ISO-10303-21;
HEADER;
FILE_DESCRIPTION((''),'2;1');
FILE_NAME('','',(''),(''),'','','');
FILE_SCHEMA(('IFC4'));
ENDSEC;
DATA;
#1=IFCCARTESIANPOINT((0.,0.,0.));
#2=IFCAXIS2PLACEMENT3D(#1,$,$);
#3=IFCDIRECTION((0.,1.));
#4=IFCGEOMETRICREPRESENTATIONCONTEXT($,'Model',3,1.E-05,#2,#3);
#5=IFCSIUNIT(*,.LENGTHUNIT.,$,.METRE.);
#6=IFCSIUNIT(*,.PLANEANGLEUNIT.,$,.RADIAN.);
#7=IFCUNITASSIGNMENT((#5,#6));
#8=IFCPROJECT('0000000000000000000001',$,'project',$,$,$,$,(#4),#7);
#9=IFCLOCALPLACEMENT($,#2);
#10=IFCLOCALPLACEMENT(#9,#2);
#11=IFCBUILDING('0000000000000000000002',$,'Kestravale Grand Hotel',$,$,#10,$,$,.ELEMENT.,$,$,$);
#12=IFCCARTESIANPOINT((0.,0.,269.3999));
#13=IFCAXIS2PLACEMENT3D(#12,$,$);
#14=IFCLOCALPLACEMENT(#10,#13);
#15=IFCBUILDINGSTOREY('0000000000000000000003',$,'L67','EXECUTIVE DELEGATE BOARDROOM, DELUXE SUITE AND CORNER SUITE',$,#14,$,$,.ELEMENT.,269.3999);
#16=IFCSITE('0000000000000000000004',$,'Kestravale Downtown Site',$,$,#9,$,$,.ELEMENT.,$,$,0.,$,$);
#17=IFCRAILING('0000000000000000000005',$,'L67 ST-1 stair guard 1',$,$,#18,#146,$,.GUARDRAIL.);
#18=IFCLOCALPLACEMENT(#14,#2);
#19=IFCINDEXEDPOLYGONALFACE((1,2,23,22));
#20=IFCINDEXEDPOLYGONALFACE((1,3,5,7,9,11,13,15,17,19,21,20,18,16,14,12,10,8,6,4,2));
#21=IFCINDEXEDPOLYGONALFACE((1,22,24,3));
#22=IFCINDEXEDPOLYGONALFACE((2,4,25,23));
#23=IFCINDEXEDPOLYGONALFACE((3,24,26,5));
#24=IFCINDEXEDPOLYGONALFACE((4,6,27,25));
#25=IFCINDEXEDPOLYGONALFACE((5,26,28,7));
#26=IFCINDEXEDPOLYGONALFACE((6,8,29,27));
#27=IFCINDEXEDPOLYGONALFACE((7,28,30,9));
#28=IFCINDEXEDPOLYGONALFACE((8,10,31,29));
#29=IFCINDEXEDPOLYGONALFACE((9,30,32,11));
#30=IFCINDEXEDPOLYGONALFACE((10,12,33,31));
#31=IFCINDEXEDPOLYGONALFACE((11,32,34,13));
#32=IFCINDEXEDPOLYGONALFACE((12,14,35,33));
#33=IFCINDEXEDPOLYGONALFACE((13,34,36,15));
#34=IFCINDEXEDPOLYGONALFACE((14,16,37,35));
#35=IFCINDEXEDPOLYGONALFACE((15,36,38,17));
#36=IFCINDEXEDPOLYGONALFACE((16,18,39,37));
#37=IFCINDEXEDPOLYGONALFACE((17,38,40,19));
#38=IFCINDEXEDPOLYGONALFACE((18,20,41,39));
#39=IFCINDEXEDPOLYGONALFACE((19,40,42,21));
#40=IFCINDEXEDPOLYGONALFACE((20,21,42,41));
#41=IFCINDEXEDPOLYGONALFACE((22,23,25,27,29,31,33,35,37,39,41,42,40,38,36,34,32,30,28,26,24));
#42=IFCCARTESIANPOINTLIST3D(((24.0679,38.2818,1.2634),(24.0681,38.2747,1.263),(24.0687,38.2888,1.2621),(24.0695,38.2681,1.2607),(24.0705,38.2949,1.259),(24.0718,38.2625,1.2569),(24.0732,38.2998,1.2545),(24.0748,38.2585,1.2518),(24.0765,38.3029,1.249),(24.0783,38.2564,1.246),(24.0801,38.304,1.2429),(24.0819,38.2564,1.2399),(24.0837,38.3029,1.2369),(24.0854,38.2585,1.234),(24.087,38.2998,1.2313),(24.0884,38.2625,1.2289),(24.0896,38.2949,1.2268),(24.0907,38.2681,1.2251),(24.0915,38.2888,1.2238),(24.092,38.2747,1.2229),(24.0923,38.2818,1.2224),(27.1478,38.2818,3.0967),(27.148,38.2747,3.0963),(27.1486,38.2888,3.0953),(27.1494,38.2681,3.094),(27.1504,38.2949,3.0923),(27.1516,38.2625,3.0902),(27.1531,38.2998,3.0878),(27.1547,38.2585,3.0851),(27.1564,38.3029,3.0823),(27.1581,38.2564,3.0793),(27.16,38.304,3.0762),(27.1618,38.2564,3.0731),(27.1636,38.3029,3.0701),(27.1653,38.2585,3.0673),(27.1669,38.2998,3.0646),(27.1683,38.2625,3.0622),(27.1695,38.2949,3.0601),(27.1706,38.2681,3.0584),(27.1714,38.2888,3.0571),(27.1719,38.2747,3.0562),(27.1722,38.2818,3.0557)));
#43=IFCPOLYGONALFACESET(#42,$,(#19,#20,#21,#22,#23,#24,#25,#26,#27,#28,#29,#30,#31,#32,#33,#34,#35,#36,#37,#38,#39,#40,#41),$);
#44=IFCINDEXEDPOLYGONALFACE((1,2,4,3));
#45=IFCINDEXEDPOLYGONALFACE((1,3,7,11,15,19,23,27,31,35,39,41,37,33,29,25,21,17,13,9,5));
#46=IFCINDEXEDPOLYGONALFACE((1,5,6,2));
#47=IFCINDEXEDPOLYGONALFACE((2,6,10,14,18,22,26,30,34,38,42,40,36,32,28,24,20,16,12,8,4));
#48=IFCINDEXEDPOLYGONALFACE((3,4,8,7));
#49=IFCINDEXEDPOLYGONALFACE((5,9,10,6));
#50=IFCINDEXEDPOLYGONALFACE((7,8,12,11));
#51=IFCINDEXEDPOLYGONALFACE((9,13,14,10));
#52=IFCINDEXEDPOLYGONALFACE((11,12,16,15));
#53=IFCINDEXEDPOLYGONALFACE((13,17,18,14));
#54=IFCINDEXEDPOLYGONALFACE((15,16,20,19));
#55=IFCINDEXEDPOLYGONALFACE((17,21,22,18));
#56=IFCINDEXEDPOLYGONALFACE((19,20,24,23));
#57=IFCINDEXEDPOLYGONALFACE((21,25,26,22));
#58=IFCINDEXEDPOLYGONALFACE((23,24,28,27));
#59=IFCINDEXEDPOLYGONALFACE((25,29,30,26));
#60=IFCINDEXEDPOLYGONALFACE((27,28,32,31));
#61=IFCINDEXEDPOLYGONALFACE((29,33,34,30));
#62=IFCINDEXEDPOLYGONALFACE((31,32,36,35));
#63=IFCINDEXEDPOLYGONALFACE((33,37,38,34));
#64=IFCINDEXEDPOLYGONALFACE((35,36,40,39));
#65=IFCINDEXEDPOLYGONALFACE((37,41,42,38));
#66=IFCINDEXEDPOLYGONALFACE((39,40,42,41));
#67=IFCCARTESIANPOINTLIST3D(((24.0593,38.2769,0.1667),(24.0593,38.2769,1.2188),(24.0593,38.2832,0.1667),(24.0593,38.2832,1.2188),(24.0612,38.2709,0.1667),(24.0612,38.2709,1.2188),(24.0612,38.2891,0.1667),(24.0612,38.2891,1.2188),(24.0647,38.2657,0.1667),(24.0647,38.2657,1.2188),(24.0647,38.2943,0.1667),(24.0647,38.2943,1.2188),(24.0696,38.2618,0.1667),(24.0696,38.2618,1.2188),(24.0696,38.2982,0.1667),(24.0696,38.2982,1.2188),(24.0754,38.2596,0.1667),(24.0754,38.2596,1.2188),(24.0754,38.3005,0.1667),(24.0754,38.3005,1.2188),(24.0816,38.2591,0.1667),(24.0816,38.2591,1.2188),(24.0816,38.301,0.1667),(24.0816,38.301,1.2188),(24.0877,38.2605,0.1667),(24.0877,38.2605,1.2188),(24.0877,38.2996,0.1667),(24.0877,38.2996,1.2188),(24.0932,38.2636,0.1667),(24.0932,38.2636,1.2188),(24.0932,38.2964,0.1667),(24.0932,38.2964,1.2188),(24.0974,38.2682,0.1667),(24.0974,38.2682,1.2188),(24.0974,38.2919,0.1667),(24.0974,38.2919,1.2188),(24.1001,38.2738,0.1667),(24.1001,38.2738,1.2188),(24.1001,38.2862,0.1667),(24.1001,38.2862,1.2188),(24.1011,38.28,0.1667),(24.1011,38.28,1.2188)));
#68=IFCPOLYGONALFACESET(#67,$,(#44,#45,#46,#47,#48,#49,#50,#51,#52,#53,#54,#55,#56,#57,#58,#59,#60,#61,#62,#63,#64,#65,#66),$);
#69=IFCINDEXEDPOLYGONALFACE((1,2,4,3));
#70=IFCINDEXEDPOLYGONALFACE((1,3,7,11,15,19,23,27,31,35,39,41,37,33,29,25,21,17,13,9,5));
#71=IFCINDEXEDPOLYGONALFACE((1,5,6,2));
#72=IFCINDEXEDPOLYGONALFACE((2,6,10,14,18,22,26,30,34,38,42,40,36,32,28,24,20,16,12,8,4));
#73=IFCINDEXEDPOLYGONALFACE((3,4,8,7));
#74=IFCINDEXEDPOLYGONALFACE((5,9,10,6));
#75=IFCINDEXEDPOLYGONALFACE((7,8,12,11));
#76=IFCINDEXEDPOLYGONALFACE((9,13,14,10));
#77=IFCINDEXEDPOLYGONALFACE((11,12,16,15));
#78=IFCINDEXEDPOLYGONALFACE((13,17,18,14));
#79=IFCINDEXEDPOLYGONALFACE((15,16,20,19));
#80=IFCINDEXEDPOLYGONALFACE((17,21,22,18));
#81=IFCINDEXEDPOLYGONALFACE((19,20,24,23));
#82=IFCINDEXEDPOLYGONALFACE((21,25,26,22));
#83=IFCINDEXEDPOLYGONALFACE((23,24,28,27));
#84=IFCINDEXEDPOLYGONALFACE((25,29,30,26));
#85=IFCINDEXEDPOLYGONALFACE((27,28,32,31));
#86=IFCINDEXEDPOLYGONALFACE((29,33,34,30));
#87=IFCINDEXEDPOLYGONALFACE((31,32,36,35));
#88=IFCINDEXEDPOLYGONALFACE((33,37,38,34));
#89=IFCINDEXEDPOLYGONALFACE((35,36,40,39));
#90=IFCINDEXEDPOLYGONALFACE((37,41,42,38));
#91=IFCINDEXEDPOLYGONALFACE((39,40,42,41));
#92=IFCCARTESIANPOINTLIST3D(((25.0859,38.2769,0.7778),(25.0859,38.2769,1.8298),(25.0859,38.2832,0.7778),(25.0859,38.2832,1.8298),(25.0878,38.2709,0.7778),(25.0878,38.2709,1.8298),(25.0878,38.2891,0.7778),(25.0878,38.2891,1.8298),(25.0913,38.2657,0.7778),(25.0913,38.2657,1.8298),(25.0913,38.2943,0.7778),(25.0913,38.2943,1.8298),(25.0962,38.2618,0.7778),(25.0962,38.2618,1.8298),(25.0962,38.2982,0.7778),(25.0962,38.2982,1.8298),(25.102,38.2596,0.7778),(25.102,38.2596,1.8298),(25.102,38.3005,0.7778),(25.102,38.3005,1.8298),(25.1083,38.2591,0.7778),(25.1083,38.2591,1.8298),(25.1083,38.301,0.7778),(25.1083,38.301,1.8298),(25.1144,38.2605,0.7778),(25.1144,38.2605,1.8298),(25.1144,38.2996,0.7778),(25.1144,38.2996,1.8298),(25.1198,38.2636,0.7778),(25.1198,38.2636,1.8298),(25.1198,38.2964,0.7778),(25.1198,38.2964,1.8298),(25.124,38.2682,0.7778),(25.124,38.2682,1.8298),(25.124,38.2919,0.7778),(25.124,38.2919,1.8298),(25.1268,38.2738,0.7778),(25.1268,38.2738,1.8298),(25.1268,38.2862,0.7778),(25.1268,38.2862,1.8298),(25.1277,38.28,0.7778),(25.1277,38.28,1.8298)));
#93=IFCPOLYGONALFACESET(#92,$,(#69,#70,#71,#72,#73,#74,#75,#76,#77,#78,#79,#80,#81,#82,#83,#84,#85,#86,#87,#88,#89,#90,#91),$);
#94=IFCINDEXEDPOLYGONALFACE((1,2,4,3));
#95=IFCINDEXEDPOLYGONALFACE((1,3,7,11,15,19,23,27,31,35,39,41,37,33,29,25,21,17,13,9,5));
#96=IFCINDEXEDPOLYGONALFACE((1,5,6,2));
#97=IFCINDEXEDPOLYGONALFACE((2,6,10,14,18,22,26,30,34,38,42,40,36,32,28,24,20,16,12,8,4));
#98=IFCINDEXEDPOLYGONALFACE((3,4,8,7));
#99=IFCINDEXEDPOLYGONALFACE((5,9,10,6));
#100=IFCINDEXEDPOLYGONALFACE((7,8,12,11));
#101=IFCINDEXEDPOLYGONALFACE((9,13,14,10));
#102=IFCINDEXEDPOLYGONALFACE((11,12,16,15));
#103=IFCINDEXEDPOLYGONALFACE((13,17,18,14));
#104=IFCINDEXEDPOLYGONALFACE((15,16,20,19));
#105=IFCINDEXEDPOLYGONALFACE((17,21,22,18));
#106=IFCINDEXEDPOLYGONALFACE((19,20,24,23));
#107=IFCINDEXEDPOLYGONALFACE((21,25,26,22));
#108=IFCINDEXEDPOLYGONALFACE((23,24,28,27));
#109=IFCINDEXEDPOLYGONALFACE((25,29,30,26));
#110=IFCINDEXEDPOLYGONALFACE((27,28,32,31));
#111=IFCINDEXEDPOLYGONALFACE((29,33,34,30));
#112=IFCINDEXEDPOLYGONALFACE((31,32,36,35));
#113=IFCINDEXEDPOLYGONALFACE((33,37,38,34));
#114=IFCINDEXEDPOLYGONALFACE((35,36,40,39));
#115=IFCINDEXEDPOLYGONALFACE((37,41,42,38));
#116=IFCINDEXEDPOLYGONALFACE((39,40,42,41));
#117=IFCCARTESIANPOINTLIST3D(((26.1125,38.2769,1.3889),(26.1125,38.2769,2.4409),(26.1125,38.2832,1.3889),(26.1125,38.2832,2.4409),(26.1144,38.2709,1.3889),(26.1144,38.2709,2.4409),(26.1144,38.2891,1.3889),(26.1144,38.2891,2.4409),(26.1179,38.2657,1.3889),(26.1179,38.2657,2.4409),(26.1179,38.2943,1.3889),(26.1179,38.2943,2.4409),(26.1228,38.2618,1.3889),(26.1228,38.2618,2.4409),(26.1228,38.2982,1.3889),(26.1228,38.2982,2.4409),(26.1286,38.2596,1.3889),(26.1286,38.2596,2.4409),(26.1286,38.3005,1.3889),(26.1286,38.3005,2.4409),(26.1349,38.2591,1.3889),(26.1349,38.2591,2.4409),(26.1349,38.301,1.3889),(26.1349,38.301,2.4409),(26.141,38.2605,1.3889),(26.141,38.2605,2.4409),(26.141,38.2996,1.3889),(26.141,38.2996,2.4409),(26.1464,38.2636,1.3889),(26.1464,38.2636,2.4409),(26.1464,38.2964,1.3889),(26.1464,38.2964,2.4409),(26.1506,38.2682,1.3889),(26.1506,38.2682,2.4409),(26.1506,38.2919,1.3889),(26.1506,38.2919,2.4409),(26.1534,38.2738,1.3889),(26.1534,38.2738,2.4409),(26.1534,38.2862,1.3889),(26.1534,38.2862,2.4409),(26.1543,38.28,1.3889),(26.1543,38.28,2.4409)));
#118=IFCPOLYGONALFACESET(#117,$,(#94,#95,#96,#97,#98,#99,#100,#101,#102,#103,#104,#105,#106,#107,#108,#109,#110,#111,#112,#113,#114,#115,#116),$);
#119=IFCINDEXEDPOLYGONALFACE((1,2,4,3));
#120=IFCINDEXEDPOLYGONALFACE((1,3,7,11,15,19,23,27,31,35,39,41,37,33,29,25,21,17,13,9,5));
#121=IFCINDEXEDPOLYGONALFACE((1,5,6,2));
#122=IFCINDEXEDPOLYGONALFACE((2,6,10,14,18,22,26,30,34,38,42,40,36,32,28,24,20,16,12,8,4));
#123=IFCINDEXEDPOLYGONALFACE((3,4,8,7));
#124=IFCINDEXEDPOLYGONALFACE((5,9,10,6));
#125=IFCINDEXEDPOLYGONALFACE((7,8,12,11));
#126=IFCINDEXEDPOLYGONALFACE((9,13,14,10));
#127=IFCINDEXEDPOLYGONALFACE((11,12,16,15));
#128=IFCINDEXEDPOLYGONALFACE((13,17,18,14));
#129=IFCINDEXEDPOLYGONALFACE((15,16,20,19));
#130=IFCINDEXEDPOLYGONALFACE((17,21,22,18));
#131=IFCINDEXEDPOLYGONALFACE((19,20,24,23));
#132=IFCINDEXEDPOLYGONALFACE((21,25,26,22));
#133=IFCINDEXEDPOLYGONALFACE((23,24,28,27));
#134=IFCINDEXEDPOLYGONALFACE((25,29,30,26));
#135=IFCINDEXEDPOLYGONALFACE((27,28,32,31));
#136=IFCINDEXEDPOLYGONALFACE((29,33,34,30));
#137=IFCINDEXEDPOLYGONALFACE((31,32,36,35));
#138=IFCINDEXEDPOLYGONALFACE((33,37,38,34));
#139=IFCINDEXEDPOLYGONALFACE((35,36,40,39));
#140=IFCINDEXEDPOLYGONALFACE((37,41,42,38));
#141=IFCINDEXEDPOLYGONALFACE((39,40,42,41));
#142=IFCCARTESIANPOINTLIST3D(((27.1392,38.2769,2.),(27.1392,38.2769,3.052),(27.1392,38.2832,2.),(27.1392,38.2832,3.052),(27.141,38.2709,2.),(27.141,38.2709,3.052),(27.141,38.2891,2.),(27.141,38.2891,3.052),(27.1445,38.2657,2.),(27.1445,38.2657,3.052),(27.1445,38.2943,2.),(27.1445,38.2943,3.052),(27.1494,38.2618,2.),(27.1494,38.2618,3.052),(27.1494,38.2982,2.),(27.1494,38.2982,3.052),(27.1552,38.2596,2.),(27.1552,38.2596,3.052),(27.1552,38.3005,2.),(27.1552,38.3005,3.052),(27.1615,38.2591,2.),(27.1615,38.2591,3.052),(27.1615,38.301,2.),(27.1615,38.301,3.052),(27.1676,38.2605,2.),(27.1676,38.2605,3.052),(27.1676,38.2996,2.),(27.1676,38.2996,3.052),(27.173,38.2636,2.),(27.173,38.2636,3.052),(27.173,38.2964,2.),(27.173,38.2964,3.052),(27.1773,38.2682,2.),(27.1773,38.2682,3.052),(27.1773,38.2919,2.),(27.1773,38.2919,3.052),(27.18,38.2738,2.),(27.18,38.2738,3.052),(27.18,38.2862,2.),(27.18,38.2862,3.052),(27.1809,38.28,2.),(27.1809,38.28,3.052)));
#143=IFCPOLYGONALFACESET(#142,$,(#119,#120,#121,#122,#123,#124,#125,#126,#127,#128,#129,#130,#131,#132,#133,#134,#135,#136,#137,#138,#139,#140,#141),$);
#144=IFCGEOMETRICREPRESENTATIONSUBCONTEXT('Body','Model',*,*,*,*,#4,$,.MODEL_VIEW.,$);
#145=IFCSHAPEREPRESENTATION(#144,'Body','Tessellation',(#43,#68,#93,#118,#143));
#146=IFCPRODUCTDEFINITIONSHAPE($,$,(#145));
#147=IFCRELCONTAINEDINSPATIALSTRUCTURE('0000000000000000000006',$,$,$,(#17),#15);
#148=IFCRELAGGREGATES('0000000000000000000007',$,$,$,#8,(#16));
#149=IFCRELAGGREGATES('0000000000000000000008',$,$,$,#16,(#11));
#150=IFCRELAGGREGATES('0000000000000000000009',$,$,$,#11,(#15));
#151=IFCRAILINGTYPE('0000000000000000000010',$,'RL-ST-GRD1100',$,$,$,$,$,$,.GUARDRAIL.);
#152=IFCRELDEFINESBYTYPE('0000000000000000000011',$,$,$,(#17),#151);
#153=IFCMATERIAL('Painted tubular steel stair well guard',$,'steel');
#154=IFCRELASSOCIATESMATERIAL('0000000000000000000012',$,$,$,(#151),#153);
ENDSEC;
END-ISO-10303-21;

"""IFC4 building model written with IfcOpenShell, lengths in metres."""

from ifc_helpers import new_model, si_unit, direction, frame, origin, origin_2d, place, context, subcontext, project, spatial, circle, extrude, material, type_object, element, save


model = new_model("IFC4")

# Units and contexts
model_context = context("Model", 3, precision=1e-05, world=origin(), true_north=direction((0.0, 1.0)))
body_context = subcontext(model_context, "Body", "Model", "MODEL_VIEW")
ifc_project = project(units=[si_unit("LENGTHUNIT", "METRE"), si_unit("PLANEANGLEUNIT", "RADIAN")], contexts=[model_context])

# Site, building, storey
site_placement = place(None, origin())
site = spatial("IfcSite", under=ifc_project, at=site_placement, Name="Kestravale Downtown Site", CompositionType="ELEMENT", RefElevation=0.0)
building_placement = place(site_placement, origin())
building = spatial("IfcBuilding", under=site, at=building_placement, Name="Kestravale Grand Hotel", CompositionType="ELEMENT")
storey_placement = place(building_placement, frame((0.0, 0.0, 269.3999)))
storey = spatial("IfcBuildingStorey", under=building, at=storey_placement, Name="L67", Description="EXECUTIVE DELEGATE BOARDROOM, DELUXE SUITE AND CORNER SUITE", CompositionType="ELEMENT", Elevation=269.3999)

# Railing
ifc_material_1 = material(Name="Painted tubular steel stair well guard", Category="steel")
railing_type_1 = type_object("IfcRailingType", Name="RL-ST-GRD1100", PredefinedType="GUARDRAIL", material=ifc_material_1)
railing_1_placement = place(storey_placement, frame((24.0801, 38.28, 0.1667)))
element("IfcRailing", 1, at=railing_1_placement, inside=storey, type_object=railing_type_1, Name="L67 ST-1 stair guard 1", PredefinedType="GUARDRAIL", context=body_context, shape_type="SweptSolid", body=[
    extrude(circle(Radius=0.0239, at=origin_2d()), frame((0.0, 0.0, 1.0762), z_axis=(0.859291, 0.0, 0.511487), x_axis=(0.0, 1.0, 0.0)), (0.0, 0.0, 1.0), 3.5842),
    extrude(circle(Radius=0.021, at=origin_2d()), origin(), (0.0, 0.0, 1.0), 1.052),
    extrude(circle(Radius=0.021, at=origin_2d()), frame((1.0266, 0.0, 0.6111)), (0.0, 0.0, 1.0), 1.052),
    extrude(circle(Radius=0.021, at=origin_2d()), frame((2.0532, 0.0, 1.2222)), (0.0, 0.0, 1.0), 1.052),
    extrude(circle(Radius=0.021, at=origin_2d()), frame((3.0798, 0.0, 1.8333)), (0.0, 0.0, 1.0), 1.052),
])

save(model, "model.ifc")
